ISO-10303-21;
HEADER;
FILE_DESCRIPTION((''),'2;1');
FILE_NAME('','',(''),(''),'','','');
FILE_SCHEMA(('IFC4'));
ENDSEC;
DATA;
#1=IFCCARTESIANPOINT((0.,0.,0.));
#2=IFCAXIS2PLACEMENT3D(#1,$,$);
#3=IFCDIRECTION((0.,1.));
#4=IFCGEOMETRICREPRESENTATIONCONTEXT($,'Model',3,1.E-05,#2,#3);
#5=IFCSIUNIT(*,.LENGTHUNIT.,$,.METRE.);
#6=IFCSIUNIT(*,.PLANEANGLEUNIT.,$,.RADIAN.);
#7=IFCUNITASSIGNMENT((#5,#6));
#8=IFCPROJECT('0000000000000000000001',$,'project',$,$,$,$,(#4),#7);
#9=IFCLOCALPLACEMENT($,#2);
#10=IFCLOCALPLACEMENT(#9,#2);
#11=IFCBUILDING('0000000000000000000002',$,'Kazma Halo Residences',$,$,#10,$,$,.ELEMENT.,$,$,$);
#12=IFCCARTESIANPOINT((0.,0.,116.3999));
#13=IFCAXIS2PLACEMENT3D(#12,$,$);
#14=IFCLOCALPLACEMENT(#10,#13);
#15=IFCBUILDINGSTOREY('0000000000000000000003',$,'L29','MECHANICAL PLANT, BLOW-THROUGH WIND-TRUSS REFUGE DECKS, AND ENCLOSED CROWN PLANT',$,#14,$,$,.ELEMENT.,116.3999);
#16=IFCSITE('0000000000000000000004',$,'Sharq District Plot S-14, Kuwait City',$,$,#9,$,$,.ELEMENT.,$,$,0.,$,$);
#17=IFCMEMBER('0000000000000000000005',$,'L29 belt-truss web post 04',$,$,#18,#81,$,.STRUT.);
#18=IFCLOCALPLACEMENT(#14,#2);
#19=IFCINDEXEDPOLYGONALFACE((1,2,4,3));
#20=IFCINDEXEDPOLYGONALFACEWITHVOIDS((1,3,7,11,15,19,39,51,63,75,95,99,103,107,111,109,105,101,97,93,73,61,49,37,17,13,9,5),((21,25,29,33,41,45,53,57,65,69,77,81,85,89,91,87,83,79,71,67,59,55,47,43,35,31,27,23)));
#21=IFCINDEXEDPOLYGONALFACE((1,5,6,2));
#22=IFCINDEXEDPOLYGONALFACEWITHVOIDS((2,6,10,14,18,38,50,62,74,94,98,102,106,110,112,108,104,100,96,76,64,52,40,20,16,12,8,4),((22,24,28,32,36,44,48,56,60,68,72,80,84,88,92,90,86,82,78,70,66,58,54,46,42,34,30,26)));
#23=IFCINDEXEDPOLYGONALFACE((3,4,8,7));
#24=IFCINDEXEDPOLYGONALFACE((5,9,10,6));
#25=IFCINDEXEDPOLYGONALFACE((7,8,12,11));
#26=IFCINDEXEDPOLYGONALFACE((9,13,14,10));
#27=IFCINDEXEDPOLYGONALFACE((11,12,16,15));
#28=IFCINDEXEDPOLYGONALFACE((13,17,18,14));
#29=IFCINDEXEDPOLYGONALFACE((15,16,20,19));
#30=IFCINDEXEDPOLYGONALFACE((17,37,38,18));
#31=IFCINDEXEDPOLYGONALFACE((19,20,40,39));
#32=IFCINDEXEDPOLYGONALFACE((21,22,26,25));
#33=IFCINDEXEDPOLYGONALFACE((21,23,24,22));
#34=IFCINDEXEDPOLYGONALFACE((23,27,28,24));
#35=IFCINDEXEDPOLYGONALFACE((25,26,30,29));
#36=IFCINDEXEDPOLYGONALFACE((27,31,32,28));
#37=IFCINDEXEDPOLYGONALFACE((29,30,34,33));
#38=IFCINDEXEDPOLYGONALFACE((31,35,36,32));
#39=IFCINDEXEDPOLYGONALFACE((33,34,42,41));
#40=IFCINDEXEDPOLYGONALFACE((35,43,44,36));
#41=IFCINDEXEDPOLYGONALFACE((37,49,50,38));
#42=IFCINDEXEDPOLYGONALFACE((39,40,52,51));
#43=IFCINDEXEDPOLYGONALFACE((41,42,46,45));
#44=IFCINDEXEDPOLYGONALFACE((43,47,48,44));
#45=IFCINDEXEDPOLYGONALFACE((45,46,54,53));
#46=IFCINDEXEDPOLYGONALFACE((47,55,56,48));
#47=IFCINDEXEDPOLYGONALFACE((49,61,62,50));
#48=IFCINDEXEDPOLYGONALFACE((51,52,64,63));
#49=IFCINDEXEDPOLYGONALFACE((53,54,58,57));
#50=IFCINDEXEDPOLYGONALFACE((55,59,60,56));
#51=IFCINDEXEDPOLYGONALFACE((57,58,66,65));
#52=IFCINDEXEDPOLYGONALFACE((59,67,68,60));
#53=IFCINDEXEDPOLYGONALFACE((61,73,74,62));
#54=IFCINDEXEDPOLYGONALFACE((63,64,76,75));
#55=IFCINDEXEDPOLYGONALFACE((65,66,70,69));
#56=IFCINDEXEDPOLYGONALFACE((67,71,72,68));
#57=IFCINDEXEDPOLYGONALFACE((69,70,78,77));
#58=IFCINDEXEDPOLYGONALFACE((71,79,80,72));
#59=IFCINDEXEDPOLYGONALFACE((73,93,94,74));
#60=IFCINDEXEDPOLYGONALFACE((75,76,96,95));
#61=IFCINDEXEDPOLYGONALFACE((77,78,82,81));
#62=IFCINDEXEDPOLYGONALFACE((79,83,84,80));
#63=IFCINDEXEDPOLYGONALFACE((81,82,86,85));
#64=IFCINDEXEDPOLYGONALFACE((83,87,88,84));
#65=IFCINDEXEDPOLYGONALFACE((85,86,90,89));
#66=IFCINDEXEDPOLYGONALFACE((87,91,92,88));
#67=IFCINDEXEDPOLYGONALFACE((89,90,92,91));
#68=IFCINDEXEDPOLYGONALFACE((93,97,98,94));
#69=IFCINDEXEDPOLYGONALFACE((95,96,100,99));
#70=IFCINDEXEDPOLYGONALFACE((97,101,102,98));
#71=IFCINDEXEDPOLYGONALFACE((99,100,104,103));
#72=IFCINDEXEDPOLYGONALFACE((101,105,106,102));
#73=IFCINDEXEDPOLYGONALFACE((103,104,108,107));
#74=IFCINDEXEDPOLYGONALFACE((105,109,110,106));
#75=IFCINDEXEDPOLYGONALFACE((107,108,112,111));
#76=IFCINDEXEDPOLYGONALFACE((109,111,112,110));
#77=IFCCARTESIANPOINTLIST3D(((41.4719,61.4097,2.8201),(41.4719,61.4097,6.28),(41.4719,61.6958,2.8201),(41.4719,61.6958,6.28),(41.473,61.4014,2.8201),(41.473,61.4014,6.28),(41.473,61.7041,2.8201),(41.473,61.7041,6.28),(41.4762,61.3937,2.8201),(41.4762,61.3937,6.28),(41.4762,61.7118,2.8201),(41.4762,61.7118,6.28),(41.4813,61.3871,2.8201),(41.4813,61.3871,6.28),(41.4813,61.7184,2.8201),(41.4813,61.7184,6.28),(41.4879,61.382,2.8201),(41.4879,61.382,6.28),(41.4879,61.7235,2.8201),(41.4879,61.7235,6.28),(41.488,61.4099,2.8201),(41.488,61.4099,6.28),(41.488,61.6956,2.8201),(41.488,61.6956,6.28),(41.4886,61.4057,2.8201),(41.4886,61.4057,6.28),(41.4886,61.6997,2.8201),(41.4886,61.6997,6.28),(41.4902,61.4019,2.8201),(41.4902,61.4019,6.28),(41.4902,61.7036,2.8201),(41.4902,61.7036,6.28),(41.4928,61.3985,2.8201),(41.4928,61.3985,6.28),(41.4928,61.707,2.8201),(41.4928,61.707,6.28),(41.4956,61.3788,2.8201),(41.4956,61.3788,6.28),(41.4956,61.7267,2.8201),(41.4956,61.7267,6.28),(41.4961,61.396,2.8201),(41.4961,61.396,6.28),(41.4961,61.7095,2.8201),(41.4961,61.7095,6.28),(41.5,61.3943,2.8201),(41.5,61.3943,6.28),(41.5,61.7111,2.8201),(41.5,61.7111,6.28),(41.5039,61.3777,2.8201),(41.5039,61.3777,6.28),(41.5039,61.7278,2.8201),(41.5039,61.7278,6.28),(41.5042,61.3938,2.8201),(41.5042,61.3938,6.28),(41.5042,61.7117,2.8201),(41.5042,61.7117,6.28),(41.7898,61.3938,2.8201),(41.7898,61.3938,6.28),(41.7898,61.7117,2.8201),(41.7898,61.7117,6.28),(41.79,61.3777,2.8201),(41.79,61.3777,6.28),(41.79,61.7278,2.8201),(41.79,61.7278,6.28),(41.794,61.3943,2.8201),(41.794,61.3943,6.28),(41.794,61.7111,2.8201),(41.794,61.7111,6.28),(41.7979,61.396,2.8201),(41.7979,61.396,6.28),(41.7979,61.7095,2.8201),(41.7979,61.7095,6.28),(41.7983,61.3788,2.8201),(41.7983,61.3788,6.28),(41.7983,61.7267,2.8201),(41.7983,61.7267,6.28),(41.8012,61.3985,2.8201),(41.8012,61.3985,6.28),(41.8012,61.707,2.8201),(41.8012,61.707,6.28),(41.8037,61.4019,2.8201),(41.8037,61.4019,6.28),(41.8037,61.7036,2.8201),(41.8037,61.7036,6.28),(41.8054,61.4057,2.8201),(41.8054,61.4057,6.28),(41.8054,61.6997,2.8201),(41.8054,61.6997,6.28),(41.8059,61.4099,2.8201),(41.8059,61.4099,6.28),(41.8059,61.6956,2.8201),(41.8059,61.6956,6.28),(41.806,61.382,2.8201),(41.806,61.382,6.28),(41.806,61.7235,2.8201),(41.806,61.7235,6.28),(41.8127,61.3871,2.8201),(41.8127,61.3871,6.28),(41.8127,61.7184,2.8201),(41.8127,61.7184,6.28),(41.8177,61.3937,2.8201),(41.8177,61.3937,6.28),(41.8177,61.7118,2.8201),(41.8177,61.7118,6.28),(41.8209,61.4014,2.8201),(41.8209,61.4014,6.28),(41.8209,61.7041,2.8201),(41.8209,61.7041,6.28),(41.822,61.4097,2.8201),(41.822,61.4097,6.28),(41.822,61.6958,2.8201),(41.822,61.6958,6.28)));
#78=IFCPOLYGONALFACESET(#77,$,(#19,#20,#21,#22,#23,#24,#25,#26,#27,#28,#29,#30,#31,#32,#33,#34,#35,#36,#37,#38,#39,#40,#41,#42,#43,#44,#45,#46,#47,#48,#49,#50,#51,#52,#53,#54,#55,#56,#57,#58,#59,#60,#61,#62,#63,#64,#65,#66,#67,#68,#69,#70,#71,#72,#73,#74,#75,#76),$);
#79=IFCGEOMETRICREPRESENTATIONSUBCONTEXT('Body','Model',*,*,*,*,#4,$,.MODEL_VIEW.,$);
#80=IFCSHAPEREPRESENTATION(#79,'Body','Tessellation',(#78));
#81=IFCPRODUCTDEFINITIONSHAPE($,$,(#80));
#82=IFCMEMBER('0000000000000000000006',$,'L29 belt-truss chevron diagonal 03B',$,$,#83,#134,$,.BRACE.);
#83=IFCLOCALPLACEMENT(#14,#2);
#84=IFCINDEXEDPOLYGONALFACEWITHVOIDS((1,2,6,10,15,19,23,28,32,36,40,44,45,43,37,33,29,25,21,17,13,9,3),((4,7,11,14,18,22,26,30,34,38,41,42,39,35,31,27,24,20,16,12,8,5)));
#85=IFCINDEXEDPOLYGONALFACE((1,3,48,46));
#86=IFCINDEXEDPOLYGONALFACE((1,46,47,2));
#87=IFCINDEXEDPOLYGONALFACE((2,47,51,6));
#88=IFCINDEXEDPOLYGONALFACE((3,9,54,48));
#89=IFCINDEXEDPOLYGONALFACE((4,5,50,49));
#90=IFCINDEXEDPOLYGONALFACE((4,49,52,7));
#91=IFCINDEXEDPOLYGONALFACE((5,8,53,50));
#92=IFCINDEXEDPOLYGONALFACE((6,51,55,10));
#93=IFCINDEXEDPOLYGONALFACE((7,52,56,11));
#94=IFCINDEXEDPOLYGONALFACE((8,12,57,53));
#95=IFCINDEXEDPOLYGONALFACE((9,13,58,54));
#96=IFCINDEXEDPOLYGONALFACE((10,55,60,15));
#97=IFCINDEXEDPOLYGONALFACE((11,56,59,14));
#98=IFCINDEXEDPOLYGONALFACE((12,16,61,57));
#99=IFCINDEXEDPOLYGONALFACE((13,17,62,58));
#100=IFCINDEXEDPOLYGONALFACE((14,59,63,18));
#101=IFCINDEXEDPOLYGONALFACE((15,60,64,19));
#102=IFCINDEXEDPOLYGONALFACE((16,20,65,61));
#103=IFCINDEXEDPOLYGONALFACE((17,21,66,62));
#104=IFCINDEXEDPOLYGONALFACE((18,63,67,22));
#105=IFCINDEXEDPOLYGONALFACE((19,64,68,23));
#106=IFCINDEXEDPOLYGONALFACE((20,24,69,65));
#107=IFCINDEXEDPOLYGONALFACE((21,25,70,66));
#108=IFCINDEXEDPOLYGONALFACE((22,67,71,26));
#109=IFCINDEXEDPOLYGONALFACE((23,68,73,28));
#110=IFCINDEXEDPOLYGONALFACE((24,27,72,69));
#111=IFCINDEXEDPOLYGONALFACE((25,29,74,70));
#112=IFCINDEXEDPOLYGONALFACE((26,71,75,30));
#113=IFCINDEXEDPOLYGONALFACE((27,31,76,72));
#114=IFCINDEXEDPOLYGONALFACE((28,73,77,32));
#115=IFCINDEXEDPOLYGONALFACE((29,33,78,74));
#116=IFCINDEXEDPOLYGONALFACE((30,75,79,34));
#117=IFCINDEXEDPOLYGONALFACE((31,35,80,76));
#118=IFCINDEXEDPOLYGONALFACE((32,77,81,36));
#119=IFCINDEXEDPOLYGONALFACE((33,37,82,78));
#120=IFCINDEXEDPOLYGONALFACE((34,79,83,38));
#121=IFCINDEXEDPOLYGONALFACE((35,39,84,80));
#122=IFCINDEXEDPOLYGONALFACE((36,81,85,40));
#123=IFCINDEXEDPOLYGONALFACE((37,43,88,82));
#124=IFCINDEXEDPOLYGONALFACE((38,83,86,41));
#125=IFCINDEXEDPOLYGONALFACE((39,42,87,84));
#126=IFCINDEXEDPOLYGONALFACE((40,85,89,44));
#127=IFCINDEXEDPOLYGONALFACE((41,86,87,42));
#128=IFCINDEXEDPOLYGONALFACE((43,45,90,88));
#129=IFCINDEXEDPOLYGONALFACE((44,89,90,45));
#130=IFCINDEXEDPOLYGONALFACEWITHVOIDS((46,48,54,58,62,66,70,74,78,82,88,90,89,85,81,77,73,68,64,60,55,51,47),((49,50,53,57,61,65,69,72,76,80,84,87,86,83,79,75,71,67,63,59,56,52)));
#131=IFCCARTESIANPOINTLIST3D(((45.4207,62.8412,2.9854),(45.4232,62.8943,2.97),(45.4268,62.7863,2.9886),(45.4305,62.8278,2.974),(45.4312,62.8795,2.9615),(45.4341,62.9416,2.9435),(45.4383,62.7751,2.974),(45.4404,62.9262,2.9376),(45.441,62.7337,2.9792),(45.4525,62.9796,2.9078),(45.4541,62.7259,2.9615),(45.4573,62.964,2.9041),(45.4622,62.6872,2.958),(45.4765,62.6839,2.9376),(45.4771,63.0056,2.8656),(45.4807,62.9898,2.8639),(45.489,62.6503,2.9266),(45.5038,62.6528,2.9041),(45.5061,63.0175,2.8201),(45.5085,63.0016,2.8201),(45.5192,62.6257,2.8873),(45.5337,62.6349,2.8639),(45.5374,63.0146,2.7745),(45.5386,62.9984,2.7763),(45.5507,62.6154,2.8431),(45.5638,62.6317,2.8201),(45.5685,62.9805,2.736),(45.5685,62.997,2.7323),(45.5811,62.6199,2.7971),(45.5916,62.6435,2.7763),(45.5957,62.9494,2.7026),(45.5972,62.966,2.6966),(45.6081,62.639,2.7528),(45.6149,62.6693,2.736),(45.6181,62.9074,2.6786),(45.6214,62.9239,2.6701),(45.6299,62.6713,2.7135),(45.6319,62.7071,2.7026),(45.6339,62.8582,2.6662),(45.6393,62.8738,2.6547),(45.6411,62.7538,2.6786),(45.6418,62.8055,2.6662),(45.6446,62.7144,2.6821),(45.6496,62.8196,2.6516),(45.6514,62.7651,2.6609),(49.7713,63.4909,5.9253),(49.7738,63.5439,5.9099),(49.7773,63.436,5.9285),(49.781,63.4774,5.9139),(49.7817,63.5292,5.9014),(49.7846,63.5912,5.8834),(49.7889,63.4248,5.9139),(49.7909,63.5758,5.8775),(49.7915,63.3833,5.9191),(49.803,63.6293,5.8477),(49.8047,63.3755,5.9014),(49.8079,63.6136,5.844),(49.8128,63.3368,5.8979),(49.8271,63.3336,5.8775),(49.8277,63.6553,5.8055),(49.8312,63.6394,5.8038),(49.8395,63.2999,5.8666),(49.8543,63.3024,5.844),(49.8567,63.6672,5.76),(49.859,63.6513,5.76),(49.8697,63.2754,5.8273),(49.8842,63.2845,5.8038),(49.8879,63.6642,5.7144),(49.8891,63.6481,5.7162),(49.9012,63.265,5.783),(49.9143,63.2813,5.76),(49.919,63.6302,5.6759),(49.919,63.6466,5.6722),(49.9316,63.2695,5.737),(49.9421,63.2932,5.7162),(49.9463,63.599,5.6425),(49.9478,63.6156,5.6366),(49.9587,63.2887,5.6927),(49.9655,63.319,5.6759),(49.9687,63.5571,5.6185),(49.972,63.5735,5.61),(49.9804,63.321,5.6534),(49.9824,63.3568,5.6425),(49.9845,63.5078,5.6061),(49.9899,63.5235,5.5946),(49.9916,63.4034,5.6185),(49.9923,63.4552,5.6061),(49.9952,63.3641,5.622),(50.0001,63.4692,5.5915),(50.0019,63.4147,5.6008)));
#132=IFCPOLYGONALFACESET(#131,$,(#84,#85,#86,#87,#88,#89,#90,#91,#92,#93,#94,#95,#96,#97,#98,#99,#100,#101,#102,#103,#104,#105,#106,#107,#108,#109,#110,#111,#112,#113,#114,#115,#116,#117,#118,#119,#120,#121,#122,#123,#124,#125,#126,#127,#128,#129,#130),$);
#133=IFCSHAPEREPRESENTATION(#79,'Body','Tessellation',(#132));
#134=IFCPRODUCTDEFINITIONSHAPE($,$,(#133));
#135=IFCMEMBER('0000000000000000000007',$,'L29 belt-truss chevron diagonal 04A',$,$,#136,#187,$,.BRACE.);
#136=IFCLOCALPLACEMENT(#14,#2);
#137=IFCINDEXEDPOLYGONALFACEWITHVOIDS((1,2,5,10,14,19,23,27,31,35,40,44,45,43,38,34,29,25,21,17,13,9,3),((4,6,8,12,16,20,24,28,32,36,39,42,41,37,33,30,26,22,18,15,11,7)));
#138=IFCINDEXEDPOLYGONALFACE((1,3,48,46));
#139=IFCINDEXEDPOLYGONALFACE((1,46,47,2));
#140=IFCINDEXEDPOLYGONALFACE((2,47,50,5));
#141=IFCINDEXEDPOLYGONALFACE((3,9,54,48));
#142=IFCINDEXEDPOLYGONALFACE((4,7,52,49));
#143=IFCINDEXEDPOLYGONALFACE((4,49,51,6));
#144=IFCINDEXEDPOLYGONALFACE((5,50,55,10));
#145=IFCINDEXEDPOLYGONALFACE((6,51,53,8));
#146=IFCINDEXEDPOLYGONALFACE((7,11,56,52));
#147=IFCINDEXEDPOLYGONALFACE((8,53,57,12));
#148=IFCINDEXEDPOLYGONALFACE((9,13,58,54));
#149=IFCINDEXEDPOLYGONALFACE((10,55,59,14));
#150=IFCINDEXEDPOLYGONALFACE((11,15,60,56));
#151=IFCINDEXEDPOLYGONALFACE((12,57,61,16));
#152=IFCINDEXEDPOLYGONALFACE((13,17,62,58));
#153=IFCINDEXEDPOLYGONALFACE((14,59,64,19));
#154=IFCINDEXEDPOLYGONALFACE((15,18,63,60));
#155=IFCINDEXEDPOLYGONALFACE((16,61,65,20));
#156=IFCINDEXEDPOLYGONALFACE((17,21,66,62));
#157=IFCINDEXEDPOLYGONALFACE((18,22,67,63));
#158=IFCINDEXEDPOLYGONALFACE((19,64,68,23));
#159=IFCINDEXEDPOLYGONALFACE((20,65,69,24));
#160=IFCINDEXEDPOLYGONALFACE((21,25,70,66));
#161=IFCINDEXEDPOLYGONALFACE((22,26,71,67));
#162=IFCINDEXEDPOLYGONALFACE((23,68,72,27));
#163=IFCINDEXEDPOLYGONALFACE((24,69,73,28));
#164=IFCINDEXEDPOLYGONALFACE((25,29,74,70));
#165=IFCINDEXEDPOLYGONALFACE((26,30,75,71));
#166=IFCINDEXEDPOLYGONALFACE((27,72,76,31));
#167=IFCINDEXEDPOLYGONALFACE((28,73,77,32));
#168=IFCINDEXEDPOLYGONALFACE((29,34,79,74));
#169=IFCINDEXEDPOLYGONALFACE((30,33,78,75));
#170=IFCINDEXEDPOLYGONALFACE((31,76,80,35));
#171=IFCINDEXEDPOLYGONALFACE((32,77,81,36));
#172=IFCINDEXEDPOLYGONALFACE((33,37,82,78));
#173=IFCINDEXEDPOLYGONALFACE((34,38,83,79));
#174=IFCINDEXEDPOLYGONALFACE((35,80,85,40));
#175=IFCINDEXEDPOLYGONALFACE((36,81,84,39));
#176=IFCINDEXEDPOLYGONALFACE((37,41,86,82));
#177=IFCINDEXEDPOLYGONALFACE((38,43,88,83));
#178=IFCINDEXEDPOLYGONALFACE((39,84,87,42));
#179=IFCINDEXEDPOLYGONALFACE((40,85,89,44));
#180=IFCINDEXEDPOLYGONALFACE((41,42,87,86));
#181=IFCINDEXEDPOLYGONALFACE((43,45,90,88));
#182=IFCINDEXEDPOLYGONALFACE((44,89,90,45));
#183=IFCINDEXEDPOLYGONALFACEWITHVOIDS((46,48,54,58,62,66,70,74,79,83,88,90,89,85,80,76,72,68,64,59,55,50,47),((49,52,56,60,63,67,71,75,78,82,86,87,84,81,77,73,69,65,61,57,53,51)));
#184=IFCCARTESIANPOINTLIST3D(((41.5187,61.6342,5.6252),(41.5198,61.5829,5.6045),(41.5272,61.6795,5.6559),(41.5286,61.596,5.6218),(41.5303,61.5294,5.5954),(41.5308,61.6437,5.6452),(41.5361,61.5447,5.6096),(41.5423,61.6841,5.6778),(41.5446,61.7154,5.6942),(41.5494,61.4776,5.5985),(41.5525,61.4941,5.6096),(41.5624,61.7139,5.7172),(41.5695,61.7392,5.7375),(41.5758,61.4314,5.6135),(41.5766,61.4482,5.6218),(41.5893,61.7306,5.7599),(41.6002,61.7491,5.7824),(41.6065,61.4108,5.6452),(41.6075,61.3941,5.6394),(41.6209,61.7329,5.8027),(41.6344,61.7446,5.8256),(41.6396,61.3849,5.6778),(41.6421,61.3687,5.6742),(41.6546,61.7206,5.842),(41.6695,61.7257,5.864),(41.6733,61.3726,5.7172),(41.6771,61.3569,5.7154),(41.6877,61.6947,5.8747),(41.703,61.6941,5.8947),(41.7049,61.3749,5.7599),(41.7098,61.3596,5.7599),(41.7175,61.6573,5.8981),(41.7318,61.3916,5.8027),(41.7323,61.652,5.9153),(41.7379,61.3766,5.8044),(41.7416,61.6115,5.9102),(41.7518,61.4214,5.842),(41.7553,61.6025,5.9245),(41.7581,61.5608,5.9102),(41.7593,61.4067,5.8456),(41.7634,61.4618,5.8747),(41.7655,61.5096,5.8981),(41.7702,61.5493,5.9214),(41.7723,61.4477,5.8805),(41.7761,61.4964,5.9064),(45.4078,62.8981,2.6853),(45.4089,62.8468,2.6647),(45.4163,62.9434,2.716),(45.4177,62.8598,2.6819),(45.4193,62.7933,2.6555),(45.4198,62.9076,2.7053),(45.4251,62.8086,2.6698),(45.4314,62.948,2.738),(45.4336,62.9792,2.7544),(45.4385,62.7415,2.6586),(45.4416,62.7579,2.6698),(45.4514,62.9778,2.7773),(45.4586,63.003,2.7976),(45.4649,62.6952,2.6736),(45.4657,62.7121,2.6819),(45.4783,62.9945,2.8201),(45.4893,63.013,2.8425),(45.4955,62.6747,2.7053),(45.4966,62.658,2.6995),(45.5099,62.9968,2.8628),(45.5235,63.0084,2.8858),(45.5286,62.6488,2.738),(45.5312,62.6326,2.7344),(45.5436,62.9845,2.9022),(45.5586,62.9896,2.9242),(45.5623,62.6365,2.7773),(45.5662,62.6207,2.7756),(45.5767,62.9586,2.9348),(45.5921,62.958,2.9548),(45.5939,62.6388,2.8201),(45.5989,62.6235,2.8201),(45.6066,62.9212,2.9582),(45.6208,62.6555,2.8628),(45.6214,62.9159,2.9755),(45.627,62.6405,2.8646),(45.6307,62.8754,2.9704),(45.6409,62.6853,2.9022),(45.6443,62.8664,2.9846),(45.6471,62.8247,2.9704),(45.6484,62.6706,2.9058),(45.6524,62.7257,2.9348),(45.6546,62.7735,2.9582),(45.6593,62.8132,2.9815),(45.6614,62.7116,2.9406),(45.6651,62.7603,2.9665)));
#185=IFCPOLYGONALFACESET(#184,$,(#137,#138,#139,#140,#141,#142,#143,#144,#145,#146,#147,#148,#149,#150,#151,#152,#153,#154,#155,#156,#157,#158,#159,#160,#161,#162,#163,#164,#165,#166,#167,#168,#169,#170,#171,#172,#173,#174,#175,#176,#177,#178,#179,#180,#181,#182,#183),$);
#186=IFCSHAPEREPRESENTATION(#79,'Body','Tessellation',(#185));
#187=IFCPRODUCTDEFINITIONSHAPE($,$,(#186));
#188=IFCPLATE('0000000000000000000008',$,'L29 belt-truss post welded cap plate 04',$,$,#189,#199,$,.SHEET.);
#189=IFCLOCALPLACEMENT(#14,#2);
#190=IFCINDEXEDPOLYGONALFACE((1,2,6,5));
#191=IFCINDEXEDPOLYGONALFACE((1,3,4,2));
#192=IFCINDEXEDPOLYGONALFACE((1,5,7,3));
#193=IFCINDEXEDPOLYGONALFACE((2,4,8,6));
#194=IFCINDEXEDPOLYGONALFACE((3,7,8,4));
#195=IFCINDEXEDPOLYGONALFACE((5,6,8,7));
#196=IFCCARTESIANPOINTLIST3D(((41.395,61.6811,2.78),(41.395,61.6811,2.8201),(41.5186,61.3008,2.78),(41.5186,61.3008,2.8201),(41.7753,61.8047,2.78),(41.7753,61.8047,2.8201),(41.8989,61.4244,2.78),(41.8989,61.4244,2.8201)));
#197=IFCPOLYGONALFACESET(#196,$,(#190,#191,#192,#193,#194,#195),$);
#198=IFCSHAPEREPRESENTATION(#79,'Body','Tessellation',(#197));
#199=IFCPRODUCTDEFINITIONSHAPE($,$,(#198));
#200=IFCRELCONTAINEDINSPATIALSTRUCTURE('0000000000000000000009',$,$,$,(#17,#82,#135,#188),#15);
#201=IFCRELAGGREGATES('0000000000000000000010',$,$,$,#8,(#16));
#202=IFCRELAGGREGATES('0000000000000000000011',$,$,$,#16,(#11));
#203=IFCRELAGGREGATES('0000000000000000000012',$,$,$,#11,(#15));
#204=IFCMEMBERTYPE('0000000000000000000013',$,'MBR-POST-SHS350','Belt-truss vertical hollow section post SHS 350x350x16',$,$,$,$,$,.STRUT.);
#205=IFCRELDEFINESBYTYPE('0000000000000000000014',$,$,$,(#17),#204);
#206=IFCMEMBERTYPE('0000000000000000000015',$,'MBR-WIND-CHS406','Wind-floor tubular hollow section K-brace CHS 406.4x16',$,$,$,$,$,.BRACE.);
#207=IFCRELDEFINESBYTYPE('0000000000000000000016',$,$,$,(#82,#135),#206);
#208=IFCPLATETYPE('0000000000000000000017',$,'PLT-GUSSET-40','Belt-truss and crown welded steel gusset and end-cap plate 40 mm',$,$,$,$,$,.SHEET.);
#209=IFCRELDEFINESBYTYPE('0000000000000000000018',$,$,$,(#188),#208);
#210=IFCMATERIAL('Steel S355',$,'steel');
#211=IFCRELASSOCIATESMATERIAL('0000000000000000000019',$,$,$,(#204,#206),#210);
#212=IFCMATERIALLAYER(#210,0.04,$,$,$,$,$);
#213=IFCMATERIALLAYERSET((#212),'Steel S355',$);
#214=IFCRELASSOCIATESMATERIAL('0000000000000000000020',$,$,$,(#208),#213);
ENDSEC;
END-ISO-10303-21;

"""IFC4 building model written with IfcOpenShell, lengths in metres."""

from ifc_helpers import new_model, si_unit, direction, frame, origin, origin_2d, place, context, subcontext, project, spatial, rectangle, hollow_rectangle, hollow_circle, extrude, material, layer, layer_set, material_profile, profile_set, type_object, element, save


model = new_model("IFC4")

# Units and contexts
model_context = context("Model", 3, precision=1e-05, world=origin(), true_north=direction((0.0, 1.0)))
body_context = subcontext(model_context, "Body", "Model", "MODEL_VIEW")
ifc_project = project(units=[si_unit("LENGTHUNIT", "METRE"), si_unit("PLANEANGLEUNIT", "RADIAN")], contexts=[model_context])

# Site, building, storey
site_placement = place(None, origin())
site = spatial("IfcSite", under=ifc_project, at=site_placement, Name="Sharq District Plot S-14, Kuwait City", CompositionType="ELEMENT", RefElevation=0.0)
building_placement = place(site_placement, origin())
building = spatial("IfcBuilding", under=site, at=building_placement, Name="Kazma Halo Residences", CompositionType="ELEMENT")
storey_placement = place(building_placement, frame((0.0, 0.0, 116.3999)))
storey = spatial("IfcBuildingStorey", under=building, at=storey_placement, Name="L29", Description="MECHANICAL PLANT, BLOW-THROUGH WIND-TRUSS REFUGE DECKS, AND ENCLOSED CROWN PLANT", CompositionType="ELEMENT", Elevation=116.3999)

# Shared definitions
ifc_material_1 = material(Name="Steel S355", Category="steel")

# Members
ifc_material_profile_1 = material_profile(ifc_material_1, hollow_rectangle(XDim=0.3501, YDim=0.3501, WallThickness=0.0161, InnerFilletRadius=0.0161, OuterFilletRadius=0.032, at=origin_2d()), Name="SHS350x350x16")
ifc_profile_set_1 = profile_set([ifc_material_profile_1], Name="Steel S355")
member_type_1 = type_object("IfcMemberType", Name="MBR-POST-SHS350", Description="Belt-truss vertical hollow section post SHS 350x350x16", PredefinedType="STRUT", material=ifc_profile_set_1)
member_1_placement = place(storey_placement, frame((41.647, 61.5527, 2.8201), z_axis=(0.0, 0.0, 1.0), x_axis=(1.0, 0.0, 0.0)))
element("IfcMember", 1, at=member_1_placement, inside=storey, type_object=member_type_1, Name="L29 belt-truss web post 04", PredefinedType="STRUT", context=body_context, shape_type="SweptSolid", body=[
    extrude(hollow_rectangle(XDim=0.3501, YDim=0.3501, WallThickness=0.0161, InnerFilletRadius=0.0161, OuterFilletRadius=0.032, at=origin_2d()), origin(), (0.0, 0.0, 1.0), 3.46),
])
ifc_material_profile_2 = material_profile(ifc_material_1, hollow_circle(Radius=0.2031, WallThickness=0.0161, at=origin_2d()), Name="CHS406.4x16")
ifc_profile_set_2 = profile_set([ifc_material_profile_2], Name="Steel S355")
member_type_2 = type_object("IfcMemberType", Name="MBR-WIND-CHS406", Description="Wind-floor tubular hollow section K-brace CHS 406.4x16", PredefinedType="BRACE", material=ifc_profile_set_2)
member_2_placement = place(storey_placement, frame((45.5361, 62.8167, 2.8201), z_axis=(0.822288, 0.122789, 0.555667), x_axis=(-0.147689, 0.989034, 0.0)))
element("IfcMember", 2, at=member_2_placement, inside=storey, type_object=member_type_2, Name="L29 belt-truss chevron diagonal 03B", PredefinedType="BRACE", context=body_context, shape_type="SweptSolid", body=[
    extrude(hollow_circle(Radius=0.2031, WallThickness=0.0161, at=origin_2d()), origin(), (0.0, 0.0, 1.0), 5.2908),
])
member_3_placement = place(storey_placement, frame((45.5361, 62.8167, 2.8201), z_axis=(-0.772195, -0.250951, 0.583727), x_axis=(0.309073, -0.951038, 0.0)))
element("IfcMember", 3, at=member_3_placement, inside=storey, type_object=member_type_2, Name="L29 belt-truss chevron diagonal 04A", PredefinedType="BRACE", context=body_context, shape_type="SweptSolid", body=[
    extrude(hollow_circle(Radius=0.2031, WallThickness=0.0161, at=origin_2d()), origin(), (0.0, 0.0, 1.0), 5.0364),
])

# Plate
ifc_layer_1 = layer(ifc_material_1, 0.04)
ifc_layer_set_1 = layer_set([ifc_layer_1], Name="Steel S355")
plate_type = type_object("IfcPlateType", Name="PLT-GUSSET-40", Description="Belt-truss and crown welded steel gusset and end-cap plate 40 mm", PredefinedType="SHEET", material=ifc_layer_set_1)
plate_1_placement = place(storey_placement, frame((41.647, 61.5527, 2.78), z_axis=(0.0, 0.0, 1.0), x_axis=(-0.951054, -0.309026, 0.0)))
element("IfcPlate", 4, at=plate_1_placement, inside=storey, type_object=plate_type, Name="L29 belt-truss post welded cap plate 04", PredefinedType="SHEET", context=body_context, shape_type="SweptSolid", body=[
    extrude(rectangle(XDim=0.3999, YDim=0.3999, at=origin_2d()), origin(), (0.0, 0.0, 1.0), 0.04),
])

save(model, "model.ifc")
